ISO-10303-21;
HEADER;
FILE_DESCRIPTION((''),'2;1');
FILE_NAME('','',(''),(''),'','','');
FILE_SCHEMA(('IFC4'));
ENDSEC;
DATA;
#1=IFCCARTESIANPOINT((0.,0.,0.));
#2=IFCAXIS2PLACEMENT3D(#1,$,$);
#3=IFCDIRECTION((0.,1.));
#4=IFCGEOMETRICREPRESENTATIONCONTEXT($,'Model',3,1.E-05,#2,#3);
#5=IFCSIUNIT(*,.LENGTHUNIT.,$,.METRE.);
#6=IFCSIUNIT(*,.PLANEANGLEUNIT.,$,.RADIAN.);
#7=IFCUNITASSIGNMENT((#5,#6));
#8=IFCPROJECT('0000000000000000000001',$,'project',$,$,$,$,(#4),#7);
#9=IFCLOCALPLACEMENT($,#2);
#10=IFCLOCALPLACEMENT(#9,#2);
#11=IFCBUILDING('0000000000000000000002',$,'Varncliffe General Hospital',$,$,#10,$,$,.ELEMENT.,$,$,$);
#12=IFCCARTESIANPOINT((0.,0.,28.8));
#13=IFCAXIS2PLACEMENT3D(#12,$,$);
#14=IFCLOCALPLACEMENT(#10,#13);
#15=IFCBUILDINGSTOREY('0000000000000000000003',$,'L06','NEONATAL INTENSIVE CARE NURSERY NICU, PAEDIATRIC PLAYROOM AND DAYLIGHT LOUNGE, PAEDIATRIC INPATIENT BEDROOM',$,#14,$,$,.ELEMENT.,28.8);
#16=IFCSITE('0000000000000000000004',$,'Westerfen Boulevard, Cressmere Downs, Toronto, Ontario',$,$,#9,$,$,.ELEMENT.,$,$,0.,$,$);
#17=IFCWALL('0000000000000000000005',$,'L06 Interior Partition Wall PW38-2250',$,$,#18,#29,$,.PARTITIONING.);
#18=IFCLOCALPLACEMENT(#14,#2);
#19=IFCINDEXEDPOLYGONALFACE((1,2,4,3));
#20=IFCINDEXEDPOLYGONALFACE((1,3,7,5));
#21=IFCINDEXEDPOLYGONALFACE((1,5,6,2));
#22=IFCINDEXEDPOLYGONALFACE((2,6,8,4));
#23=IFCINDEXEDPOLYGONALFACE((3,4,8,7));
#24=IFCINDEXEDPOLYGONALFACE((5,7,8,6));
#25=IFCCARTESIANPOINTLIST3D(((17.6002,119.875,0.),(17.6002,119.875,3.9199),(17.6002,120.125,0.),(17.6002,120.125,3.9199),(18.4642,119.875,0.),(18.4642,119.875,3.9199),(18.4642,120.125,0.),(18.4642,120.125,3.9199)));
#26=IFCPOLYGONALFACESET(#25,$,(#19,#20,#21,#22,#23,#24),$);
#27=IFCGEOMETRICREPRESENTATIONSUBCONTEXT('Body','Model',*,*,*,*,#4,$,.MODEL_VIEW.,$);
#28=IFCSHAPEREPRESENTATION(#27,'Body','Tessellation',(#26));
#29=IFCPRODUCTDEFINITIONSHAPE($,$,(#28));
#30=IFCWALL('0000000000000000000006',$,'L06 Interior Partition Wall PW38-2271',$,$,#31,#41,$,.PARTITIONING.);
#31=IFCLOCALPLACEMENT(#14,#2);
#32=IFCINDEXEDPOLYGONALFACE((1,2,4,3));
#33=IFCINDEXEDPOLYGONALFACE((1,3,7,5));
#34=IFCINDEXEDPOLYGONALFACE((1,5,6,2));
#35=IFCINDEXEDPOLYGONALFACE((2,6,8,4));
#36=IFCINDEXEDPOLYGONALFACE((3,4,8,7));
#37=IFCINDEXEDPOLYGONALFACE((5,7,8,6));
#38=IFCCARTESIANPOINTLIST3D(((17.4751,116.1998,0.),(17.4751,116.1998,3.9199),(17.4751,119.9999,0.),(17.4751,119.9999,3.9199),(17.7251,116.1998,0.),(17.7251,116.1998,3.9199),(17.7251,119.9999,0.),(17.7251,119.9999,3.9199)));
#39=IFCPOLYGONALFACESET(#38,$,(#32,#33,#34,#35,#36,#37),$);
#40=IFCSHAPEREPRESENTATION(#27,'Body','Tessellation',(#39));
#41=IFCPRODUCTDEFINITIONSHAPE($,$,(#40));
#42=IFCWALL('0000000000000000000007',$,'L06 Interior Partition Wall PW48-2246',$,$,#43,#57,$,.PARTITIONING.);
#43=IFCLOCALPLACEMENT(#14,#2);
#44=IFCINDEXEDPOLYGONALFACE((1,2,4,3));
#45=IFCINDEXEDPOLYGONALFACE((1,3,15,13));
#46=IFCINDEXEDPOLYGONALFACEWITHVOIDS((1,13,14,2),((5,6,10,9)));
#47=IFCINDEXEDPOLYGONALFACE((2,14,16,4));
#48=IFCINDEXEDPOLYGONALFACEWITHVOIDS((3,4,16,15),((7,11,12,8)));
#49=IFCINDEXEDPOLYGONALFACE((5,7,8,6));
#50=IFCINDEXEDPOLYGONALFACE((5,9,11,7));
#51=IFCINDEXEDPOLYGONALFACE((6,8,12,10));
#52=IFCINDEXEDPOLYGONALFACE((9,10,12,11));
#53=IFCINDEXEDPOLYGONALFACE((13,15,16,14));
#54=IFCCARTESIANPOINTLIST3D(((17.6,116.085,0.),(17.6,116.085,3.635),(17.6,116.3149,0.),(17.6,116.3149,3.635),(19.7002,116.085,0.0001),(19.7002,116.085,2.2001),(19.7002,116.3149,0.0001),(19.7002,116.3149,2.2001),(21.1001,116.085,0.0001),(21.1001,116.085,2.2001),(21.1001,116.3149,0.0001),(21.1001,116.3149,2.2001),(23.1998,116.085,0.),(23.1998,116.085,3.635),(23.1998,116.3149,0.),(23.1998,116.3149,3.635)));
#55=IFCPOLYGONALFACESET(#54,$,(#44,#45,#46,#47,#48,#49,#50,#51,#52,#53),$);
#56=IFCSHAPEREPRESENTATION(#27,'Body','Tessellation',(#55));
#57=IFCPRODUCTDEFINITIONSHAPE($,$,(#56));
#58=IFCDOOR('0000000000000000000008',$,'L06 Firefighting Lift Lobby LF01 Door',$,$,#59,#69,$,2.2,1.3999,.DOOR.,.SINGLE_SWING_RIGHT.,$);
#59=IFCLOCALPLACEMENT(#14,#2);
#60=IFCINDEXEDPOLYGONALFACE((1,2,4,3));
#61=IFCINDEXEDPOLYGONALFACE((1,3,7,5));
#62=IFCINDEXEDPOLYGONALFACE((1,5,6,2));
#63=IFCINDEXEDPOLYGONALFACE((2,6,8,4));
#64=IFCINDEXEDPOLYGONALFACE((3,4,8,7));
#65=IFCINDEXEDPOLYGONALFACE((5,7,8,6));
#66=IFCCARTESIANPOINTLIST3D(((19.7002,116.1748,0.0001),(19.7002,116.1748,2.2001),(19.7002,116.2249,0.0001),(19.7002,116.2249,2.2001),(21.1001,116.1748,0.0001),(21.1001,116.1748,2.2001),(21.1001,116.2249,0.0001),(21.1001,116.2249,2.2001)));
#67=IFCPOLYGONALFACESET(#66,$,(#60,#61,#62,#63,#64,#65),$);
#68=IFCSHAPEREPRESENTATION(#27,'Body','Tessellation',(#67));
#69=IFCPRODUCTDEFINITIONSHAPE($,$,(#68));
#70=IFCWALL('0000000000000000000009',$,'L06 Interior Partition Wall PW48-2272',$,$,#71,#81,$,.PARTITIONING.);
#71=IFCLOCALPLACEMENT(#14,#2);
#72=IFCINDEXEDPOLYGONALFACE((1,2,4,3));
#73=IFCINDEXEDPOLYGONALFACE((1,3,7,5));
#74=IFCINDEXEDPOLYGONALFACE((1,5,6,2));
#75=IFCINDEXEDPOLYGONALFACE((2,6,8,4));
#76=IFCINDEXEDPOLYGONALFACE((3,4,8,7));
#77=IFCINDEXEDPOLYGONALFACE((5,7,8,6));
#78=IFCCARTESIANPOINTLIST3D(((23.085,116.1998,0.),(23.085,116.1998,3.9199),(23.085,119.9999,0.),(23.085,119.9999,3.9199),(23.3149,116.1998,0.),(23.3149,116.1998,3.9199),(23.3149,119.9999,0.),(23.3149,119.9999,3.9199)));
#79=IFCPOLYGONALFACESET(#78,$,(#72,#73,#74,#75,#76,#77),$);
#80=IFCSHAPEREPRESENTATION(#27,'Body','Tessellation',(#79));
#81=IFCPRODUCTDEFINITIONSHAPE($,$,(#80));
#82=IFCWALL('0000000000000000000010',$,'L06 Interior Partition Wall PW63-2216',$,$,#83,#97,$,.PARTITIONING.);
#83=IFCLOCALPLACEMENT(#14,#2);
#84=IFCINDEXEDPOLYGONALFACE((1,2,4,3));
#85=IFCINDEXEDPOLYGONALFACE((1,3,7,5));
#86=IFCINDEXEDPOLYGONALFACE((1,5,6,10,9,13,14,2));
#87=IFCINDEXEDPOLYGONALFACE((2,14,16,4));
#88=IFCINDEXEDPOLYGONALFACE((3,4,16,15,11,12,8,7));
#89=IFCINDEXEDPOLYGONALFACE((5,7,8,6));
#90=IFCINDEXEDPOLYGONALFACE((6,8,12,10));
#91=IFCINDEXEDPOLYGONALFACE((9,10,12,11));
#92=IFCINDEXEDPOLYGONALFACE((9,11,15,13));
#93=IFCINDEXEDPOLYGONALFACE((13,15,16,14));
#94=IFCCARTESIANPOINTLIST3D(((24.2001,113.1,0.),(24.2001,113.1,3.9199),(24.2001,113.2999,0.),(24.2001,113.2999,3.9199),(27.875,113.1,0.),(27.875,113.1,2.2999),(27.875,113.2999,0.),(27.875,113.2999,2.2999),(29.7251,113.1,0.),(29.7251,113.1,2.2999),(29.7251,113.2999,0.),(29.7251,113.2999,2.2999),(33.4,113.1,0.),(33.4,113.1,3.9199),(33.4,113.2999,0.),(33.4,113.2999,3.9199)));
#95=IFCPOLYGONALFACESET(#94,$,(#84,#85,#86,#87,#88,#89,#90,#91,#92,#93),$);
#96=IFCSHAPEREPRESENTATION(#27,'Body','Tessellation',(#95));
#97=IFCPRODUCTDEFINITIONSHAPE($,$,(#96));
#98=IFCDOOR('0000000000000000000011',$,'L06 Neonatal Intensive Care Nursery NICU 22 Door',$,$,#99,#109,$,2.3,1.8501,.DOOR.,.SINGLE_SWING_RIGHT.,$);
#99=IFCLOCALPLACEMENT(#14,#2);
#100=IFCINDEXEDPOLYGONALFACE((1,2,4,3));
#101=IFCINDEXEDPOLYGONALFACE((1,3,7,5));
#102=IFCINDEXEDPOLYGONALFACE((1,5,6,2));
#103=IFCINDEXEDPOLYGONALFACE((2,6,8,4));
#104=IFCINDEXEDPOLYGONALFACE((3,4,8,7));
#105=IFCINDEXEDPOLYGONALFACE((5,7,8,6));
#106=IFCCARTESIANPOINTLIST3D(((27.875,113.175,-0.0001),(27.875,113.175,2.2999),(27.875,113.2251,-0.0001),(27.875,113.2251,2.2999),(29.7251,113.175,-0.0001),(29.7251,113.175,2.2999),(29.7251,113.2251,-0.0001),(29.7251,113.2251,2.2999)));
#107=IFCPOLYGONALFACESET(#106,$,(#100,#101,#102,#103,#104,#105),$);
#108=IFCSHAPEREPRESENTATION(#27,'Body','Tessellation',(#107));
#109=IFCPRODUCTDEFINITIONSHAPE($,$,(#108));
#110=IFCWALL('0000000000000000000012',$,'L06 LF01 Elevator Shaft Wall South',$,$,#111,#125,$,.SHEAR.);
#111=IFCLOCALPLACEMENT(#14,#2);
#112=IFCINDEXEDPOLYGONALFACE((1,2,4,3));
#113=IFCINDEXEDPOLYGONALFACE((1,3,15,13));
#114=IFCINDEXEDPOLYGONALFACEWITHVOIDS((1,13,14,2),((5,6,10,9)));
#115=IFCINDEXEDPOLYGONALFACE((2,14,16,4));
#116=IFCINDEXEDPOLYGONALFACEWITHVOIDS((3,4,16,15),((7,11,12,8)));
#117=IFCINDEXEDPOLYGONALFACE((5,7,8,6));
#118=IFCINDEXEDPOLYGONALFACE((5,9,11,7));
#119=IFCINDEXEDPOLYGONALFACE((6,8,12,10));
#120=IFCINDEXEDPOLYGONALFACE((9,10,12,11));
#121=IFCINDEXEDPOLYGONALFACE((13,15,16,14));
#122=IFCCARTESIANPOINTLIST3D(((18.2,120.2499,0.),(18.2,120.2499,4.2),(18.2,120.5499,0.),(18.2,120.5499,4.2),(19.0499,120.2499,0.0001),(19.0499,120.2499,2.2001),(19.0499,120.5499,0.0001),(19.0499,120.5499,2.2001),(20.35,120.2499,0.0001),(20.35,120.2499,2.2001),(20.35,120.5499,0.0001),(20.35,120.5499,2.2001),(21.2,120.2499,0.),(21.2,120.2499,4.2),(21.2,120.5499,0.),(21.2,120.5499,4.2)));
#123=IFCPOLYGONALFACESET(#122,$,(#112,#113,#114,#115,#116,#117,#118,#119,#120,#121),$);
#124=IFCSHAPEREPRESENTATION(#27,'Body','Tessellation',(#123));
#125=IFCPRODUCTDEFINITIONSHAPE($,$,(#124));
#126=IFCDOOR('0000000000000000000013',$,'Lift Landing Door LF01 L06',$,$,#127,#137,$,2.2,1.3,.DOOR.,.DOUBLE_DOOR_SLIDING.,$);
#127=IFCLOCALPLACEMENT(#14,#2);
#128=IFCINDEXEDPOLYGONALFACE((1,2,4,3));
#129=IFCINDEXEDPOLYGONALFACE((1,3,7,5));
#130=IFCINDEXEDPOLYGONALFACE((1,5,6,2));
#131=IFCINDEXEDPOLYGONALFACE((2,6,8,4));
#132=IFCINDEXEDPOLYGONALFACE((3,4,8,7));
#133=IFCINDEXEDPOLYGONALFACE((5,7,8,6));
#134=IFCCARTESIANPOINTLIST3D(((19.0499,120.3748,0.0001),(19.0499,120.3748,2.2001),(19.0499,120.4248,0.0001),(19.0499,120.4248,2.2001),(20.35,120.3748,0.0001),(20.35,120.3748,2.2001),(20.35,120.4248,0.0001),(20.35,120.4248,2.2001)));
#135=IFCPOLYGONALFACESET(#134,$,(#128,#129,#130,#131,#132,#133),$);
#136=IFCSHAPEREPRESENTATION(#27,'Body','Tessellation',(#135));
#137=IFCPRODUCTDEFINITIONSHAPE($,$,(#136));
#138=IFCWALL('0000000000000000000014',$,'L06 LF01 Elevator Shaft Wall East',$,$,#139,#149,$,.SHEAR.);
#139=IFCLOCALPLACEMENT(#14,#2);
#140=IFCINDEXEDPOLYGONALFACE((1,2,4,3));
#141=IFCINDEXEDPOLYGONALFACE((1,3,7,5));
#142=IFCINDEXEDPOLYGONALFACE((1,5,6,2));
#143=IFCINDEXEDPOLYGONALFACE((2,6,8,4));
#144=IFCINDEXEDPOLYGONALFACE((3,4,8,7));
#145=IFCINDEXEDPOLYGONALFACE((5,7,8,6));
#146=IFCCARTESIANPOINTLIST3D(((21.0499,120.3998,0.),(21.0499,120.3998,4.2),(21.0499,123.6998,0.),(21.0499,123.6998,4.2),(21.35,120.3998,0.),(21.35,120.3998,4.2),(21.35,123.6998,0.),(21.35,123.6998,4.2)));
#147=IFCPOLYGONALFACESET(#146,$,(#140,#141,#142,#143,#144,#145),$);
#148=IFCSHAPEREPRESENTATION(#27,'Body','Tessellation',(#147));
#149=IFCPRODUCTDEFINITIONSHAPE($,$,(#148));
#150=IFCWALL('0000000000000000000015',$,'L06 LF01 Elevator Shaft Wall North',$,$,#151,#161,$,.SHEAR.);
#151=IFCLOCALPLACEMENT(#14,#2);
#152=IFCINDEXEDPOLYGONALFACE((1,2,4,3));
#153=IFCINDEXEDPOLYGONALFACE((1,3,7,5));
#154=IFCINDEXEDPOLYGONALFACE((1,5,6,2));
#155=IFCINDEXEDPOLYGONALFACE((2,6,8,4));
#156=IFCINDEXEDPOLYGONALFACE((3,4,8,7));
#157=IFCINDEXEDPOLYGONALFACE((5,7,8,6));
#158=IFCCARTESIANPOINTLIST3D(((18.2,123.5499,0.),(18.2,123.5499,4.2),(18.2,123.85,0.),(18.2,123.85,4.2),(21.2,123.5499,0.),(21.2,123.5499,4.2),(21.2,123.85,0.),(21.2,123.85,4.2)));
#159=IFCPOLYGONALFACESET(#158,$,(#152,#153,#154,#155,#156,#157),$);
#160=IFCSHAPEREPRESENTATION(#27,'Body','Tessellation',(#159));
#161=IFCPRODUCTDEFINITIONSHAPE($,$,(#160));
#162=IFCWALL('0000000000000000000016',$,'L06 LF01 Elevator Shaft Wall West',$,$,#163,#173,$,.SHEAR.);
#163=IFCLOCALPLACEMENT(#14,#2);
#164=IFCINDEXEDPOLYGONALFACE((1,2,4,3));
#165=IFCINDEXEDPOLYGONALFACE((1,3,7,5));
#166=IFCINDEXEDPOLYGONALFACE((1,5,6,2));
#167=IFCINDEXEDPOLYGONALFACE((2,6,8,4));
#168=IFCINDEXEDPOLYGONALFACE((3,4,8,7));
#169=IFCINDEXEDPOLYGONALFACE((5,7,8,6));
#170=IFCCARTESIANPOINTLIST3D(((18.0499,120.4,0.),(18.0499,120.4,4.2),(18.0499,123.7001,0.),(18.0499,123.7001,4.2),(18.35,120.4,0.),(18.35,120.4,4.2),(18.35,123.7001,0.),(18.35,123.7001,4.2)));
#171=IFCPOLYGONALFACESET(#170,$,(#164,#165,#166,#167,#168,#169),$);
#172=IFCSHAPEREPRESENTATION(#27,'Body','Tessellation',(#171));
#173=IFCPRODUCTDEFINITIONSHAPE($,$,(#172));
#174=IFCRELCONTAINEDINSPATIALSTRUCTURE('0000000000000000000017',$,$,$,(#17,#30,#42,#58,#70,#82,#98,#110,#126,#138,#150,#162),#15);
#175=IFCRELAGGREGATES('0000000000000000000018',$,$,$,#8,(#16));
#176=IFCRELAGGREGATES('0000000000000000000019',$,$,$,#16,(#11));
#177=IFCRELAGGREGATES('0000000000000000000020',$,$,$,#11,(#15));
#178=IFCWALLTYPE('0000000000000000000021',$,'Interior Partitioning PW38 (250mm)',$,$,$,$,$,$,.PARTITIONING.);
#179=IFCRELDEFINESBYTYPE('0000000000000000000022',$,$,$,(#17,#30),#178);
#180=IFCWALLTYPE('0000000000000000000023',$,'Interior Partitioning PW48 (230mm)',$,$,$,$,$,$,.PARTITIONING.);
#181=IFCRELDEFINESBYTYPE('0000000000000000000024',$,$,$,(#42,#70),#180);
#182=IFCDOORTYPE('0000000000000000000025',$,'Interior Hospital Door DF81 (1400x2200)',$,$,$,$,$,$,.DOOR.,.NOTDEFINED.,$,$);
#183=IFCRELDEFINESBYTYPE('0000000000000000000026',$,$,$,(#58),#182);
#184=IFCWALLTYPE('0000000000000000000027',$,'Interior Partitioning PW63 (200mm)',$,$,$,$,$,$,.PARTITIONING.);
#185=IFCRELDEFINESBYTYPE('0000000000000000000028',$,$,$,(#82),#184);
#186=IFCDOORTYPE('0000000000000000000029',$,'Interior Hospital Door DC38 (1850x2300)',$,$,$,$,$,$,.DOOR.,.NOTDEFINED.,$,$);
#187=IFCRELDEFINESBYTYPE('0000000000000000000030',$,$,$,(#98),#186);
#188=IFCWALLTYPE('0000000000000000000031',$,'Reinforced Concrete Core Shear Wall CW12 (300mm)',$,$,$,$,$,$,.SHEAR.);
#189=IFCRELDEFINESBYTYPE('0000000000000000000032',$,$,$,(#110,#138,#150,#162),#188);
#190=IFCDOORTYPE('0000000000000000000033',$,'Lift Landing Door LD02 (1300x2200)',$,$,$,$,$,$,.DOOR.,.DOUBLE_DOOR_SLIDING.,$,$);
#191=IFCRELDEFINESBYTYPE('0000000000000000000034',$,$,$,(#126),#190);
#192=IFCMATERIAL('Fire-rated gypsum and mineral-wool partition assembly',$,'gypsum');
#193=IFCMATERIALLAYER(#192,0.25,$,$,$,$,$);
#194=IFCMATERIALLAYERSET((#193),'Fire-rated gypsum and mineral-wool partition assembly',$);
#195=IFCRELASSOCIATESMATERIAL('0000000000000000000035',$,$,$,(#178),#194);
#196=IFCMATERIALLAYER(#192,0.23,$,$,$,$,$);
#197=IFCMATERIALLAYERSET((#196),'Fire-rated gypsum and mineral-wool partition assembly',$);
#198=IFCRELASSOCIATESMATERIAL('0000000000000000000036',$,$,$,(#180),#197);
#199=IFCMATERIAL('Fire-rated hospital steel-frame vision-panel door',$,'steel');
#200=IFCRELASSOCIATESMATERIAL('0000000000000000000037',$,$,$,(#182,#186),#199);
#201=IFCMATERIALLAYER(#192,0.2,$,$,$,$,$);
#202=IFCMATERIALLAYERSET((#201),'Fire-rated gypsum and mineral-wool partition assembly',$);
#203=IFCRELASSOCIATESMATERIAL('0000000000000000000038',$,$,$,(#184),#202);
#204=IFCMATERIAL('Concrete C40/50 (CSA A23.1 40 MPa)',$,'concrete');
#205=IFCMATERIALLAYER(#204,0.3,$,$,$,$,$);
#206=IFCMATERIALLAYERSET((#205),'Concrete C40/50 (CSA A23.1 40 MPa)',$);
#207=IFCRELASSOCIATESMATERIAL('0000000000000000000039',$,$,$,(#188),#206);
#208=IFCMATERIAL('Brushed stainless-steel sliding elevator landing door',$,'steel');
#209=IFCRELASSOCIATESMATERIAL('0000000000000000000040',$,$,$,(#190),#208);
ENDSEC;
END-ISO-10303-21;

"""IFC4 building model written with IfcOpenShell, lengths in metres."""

from ifc_helpers import new_model, si_unit, direction, frame, frame_2d, origin, place, context, subcontext, project, spatial, rectangle, extrude, material, layer, layer_set, type_object, element, fill, save


model = new_model("IFC4")

# Units and contexts
model_context = context("Model", 3, precision=1e-05, world=origin(), true_north=direction((0.0, 1.0)))
body_context = subcontext(model_context, "Body", "Model", "MODEL_VIEW")
ifc_project = project(units=[si_unit("LENGTHUNIT", "METRE"), si_unit("PLANEANGLEUNIT", "RADIAN")], contexts=[model_context])

# Site, building, storey
site_placement = place(None, origin())
site = spatial("IfcSite", under=ifc_project, at=site_placement, Name="Westerfen Boulevard, Cressmere Downs, Toronto, Ontario", CompositionType="ELEMENT", RefElevation=0.0)
building_placement = place(site_placement, origin())
building = spatial("IfcBuilding", under=site, at=building_placement, Name="Varncliffe General Hospital", CompositionType="ELEMENT")
storey_placement = place(building_placement, frame((0.0, 0.0, 28.8)))
storey = spatial("IfcBuildingStorey", under=building, at=storey_placement, Name="L06", Description="NEONATAL INTENSIVE CARE NURSERY NICU, PAEDIATRIC PLAYROOM AND DAYLIGHT LOUNGE, PAEDIATRIC INPATIENT BEDROOM", CompositionType="ELEMENT", Elevation=28.8)

# Shared definitions
ifc_material_1 = material(Name="Concrete C40/50 (CSA A23.1 40 MPa)", Category="concrete")

# Walls
ifc_material_2 = material(Name="Fire-rated gypsum and mineral-wool partition assembly", Category="gypsum")
ifc_layer_1 = layer(ifc_material_2, 0.25)
ifc_layer_set_1 = layer_set([ifc_layer_1], Name="Fire-rated gypsum and mineral-wool partition assembly")
wall_type_1 = type_object("IfcWallType", Name="Interior Partitioning PW38 (250mm)", PredefinedType="PARTITIONING", material=ifc_layer_set_1)
wall_1_placement = place(storey_placement, frame((17.6001, 120.0, 0.0), z_axis=(0.0, 0.0, 1.0), x_axis=(1.0, 0.0, 0.0)))
element("IfcWall", 1, at=wall_1_placement, inside=storey, type_object=wall_type_1, Name="L06 Interior Partition Wall PW38-2250", PredefinedType="PARTITIONING", context=body_context, shape_type="SweptSolid", body=[
    extrude(rectangle(XDim=0.864, YDim=0.25, at=frame_2d((0.4321, 0.0))), origin(), (0.0, 0.0, 1.0), 3.9199),
])
wall_2_placement = place(storey_placement, frame((17.6001, 116.2, 0.0), z_axis=(0.0, 0.0, 1.0), x_axis=(0.0, 1.0, 0.0)))
element("IfcWall", 2, at=wall_2_placement, inside=storey, type_object=wall_type_1, Name="L06 Interior Partition Wall PW38-2271", PredefinedType="PARTITIONING", context=body_context, shape_type="SweptSolid", body=[
    extrude(rectangle(XDim=3.8, YDim=0.25, at=frame_2d((1.8999, 0.0))), origin(), (0.0, 0.0, 1.0), 3.9199),
])

# Wall, opening, door
ifc_layer_2 = layer(ifc_material_2, 0.23)
ifc_layer_set_2 = layer_set([ifc_layer_2], Name="Fire-rated gypsum and mineral-wool partition assembly")
wall_type_2 = type_object("IfcWallType", Name="Interior Partitioning PW48 (230mm)", PredefinedType="PARTITIONING", material=ifc_layer_set_2)
wall_3_placement = place(storey_placement, frame((17.6001, 116.2, 0.0), z_axis=(0.0, 0.0, 1.0), x_axis=(1.0, 0.0, 0.0)))
wall_3 = element("IfcWall", 3, at=wall_3_placement, inside=storey, type_object=wall_type_2, Name="L06 Interior Partition Wall PW48-2246", PredefinedType="PARTITIONING", context=body_context, shape_type="SweptSolid", body=[
    extrude(rectangle(XDim=5.5999, YDim=0.23, at=frame_2d((2.7998, 0.0))), origin(), (0.0, 0.0, 1.0), 3.635),
])
opening_1_placement = place(wall_3_placement, frame((2.1001, 0.0, 0.0)))
opening_1 = element("IfcOpeningElement", 4, at=opening_1_placement, cuts=wall_3, PredefinedType="OPENING", context=body_context, shape_type="SweptSolid", body=[
    extrude(rectangle(XDim=1.3999, YDim=2.2, at=frame_2d((0.7, 1.1001))), frame((0.0, 0.125, 0.0), z_axis=(0.0, -1.0, 0.0), x_axis=(1.0, 0.0, 0.0)), (0.0, 0.0, 1.0), 0.25),
])
ifc_material_3 = material(Name="Fire-rated hospital steel-frame vision-panel door", Category="steel")
door_type_1 = type_object("IfcDoorType", Name="Interior Hospital Door DF81 (1400x2200)", OperationType="NOTDEFINED", PredefinedType="DOOR", material=ifc_material_3)
door_1_placement = place(opening_1_placement, origin())
door_1 = element("IfcDoor", 5, at=door_1_placement, inside=storey, type_object=door_type_1, Name="L06 Firefighting Lift Lobby LF01 Door", OperationType="SINGLE_SWING_RIGHT", OverallHeight=2.2, OverallWidth=1.3999, PredefinedType="DOOR", context=body_context, shape_type="SweptSolid", body=[
    extrude(rectangle(XDim=1.3999, YDim=2.2, at=frame_2d((0.7, 1.1001))), frame((0.0, 0.0249, 0.0), z_axis=(0.0, -1.0, 0.0), x_axis=(1.0, 0.0, 0.0)), (0.0, 0.0, 1.0), 0.05),
])
fill(opening_1, door_1)

# Wall
wall_4_placement = place(storey_placement, frame((23.2, 116.2, 0.0), z_axis=(0.0, 0.0, 1.0), x_axis=(0.0, 1.0, 0.0)))
element("IfcWall", 6, at=wall_4_placement, inside=storey, type_object=wall_type_2, Name="L06 Interior Partition Wall PW48-2272", PredefinedType="PARTITIONING", context=body_context, shape_type="SweptSolid", body=[
    extrude(rectangle(XDim=3.8, YDim=0.23, at=frame_2d((1.8999, 0.0))), origin(), (0.0, 0.0, 1.0), 3.9199),
])

# Walls, openings, doors
ifc_layer_3 = layer(ifc_material_2, 0.2)
ifc_layer_set_3 = layer_set([ifc_layer_3], Name="Fire-rated gypsum and mineral-wool partition assembly")
wall_type_3 = type_object("IfcWallType", Name="Interior Partitioning PW63 (200mm)", PredefinedType="PARTITIONING", material=ifc_layer_set_3)
wall_5_placement = place(storey_placement, frame((24.2, 113.2, 0.0), z_axis=(0.0, 0.0, 1.0), x_axis=(1.0, 0.0, 0.0)))
wall_5 = element("IfcWall", 7, at=wall_5_placement, inside=storey, type_object=wall_type_3, Name="L06 Interior Partition Wall PW63-2216", PredefinedType="PARTITIONING", context=body_context, shape_type="SweptSolid", body=[
    extrude(rectangle(XDim=9.2, YDim=0.2, at=frame_2d((4.6001, 0.0))), origin(), (0.0, 0.0, 1.0), 3.9199),
])
opening_2_placement = place(wall_5_placement, frame((3.675, 0.0, 0.0)))
opening_2 = element("IfcOpeningElement", 8, at=opening_2_placement, cuts=wall_5, PredefinedType="OPENING", context=body_context, shape_type="SweptSolid", body=[
    extrude(rectangle(XDim=1.8501, YDim=2.3, at=frame_2d((0.925, 1.1499))), frame((0.0, 0.1099, 0.0), z_axis=(0.0, -1.0, 0.0), x_axis=(1.0, 0.0, 0.0)), (0.0, 0.0, 1.0), 0.22),
])
door_type_2 = type_object("IfcDoorType", Name="Interior Hospital Door DC38 (1850x2300)", OperationType="NOTDEFINED", PredefinedType="DOOR", material=ifc_material_3)
door_2_placement = place(opening_2_placement, frame((1.8501, 0.0, 0.0), z_axis=(0.0, 0.0, 1.0), x_axis=(-1.0, 0.0, 0.0)))
door_2 = element("IfcDoor", 9, at=door_2_placement, inside=storey, type_object=door_type_2, Name="L06 Neonatal Intensive Care Nursery NICU 22 Door", OperationType="SINGLE_SWING_RIGHT", OverallHeight=2.3, OverallWidth=1.8501, PredefinedType="DOOR", context=body_context, shape_type="SweptSolid", body=[
    extrude(rectangle(XDim=1.8501, YDim=2.3, at=frame_2d((0.925, 1.1499))), frame((0.0, 0.0249, 0.0), z_axis=(0.0, -1.0, 0.0), x_axis=(1.0, 0.0, 0.0)), (0.0, 0.0, 1.0), 0.05),
])
fill(opening_2, door_2)
ifc_layer_4 = layer(ifc_material_1, 0.3)
ifc_layer_set_4 = layer_set([ifc_layer_4], Name="Concrete C40/50 (CSA A23.1 40 MPa)")
wall_type_4 = type_object("IfcWallType", Name="Reinforced Concrete Core Shear Wall CW12 (300mm)", PredefinedType="SHEAR", material=ifc_layer_set_4)
wall_6_placement = place(storey_placement, frame((18.2, 120.3999, 0.0), z_axis=(0.0, 0.0, 1.0), x_axis=(1.0, 0.0, 0.0)))
wall_6 = element("IfcWall", 10, at=wall_6_placement, inside=storey, type_object=wall_type_4, Name="L06 LF01 Elevator Shaft Wall South", PredefinedType="SHEAR", context=body_context, shape_type="SweptSolid", body=[
    extrude(rectangle(XDim=3.0, YDim=0.3, at=frame_2d((1.5, 0.0))), origin(), (0.0, 0.0, 1.0), 4.2),
])
opening_3_placement = place(wall_6_placement, frame((0.8501, 0.0, 0.0)))
opening_3 = element("IfcOpeningElement", 11, at=opening_3_placement, cuts=wall_6, PredefinedType="OPENING", context=body_context, shape_type="SweptSolid", body=[
    extrude(rectangle(XDim=1.3, YDim=2.2, at=frame_2d((0.6499, 1.1001))), frame((0.0, 0.1602, 0.0), z_axis=(0.0, -1.0, 0.0), x_axis=(1.0, 0.0, 0.0)), (0.0, 0.0, 1.0), 0.3201),
])
ifc_material_4 = material(Name="Brushed stainless-steel sliding elevator landing door", Category="steel")
door_type_3 = type_object("IfcDoorType", Name="Lift Landing Door LD02 (1300x2200)", OperationType="DOUBLE_DOOR_SLIDING", PredefinedType="DOOR", material=ifc_material_4)
door_3_placement = place(opening_3_placement, origin())
door_3 = element("IfcDoor", 12, at=door_3_placement, inside=storey, type_object=door_type_3, Name="Lift Landing Door LF01 L06", OperationType="DOUBLE_DOOR_SLIDING", OverallHeight=2.2, OverallWidth=1.3, PredefinedType="DOOR", context=body_context, shape_type="SweptSolid", body=[
    extrude(rectangle(XDim=1.3, YDim=2.2, at=frame_2d((0.6499, 1.1001))), frame((0.0, 0.0249, 0.0), z_axis=(0.0, -1.0, 0.0), x_axis=(1.0, 0.0, 0.0)), (0.0, 0.0, 1.0), 0.05),
])
fill(opening_3, door_3)

# Walls
wall_7_placement = place(storey_placement, frame((21.2, 120.3999, 0.0), z_axis=(0.0, 0.0, 1.0), x_axis=(0.0, 1.0, 0.0)))
element("IfcWall", 13, at=wall_7_placement, inside=storey, type_object=wall_type_4, Name="L06 LF01 Elevator Shaft Wall East", PredefinedType="SHEAR", context=body_context, shape_type="SweptSolid", body=[
    extrude(rectangle(XDim=3.3, YDim=0.3, at=frame_2d((1.6499, 0.0))), origin(), (0.0, 0.0, 1.0), 4.2),
])
wall_8_placement = place(storey_placement, frame((21.2, 123.7, 0.0), z_axis=(0.0, 0.0, 1.0), x_axis=(-1.0, 0.0, 0.0)))
element("IfcWall", 14, at=wall_8_placement, inside=storey, type_object=wall_type_4, Name="L06 LF01 Elevator Shaft Wall North", PredefinedType="SHEAR", context=body_context, shape_type="SweptSolid", body=[
    extrude(rectangle(XDim=3.0, YDim=0.3, at=frame_2d((1.5, 0.0))), origin(), (0.0, 0.0, 1.0), 4.2),
])
wall_9_placement = place(storey_placement, frame((18.2, 123.7, 0.0), z_axis=(0.0, 0.0, 1.0), x_axis=(0.0, -1.0, 0.0)))
element("IfcWall", 15, at=wall_9_placement, inside=storey, type_object=wall_type_4, Name="L06 LF01 Elevator Shaft Wall West", PredefinedType="SHEAR", context=body_context, shape_type="SweptSolid", body=[
    extrude(rectangle(XDim=3.3, YDim=0.3, at=frame_2d((1.6499, 0.0))), origin(), (0.0, 0.0, 1.0), 4.2),
])

save(model, "model.ifc")
